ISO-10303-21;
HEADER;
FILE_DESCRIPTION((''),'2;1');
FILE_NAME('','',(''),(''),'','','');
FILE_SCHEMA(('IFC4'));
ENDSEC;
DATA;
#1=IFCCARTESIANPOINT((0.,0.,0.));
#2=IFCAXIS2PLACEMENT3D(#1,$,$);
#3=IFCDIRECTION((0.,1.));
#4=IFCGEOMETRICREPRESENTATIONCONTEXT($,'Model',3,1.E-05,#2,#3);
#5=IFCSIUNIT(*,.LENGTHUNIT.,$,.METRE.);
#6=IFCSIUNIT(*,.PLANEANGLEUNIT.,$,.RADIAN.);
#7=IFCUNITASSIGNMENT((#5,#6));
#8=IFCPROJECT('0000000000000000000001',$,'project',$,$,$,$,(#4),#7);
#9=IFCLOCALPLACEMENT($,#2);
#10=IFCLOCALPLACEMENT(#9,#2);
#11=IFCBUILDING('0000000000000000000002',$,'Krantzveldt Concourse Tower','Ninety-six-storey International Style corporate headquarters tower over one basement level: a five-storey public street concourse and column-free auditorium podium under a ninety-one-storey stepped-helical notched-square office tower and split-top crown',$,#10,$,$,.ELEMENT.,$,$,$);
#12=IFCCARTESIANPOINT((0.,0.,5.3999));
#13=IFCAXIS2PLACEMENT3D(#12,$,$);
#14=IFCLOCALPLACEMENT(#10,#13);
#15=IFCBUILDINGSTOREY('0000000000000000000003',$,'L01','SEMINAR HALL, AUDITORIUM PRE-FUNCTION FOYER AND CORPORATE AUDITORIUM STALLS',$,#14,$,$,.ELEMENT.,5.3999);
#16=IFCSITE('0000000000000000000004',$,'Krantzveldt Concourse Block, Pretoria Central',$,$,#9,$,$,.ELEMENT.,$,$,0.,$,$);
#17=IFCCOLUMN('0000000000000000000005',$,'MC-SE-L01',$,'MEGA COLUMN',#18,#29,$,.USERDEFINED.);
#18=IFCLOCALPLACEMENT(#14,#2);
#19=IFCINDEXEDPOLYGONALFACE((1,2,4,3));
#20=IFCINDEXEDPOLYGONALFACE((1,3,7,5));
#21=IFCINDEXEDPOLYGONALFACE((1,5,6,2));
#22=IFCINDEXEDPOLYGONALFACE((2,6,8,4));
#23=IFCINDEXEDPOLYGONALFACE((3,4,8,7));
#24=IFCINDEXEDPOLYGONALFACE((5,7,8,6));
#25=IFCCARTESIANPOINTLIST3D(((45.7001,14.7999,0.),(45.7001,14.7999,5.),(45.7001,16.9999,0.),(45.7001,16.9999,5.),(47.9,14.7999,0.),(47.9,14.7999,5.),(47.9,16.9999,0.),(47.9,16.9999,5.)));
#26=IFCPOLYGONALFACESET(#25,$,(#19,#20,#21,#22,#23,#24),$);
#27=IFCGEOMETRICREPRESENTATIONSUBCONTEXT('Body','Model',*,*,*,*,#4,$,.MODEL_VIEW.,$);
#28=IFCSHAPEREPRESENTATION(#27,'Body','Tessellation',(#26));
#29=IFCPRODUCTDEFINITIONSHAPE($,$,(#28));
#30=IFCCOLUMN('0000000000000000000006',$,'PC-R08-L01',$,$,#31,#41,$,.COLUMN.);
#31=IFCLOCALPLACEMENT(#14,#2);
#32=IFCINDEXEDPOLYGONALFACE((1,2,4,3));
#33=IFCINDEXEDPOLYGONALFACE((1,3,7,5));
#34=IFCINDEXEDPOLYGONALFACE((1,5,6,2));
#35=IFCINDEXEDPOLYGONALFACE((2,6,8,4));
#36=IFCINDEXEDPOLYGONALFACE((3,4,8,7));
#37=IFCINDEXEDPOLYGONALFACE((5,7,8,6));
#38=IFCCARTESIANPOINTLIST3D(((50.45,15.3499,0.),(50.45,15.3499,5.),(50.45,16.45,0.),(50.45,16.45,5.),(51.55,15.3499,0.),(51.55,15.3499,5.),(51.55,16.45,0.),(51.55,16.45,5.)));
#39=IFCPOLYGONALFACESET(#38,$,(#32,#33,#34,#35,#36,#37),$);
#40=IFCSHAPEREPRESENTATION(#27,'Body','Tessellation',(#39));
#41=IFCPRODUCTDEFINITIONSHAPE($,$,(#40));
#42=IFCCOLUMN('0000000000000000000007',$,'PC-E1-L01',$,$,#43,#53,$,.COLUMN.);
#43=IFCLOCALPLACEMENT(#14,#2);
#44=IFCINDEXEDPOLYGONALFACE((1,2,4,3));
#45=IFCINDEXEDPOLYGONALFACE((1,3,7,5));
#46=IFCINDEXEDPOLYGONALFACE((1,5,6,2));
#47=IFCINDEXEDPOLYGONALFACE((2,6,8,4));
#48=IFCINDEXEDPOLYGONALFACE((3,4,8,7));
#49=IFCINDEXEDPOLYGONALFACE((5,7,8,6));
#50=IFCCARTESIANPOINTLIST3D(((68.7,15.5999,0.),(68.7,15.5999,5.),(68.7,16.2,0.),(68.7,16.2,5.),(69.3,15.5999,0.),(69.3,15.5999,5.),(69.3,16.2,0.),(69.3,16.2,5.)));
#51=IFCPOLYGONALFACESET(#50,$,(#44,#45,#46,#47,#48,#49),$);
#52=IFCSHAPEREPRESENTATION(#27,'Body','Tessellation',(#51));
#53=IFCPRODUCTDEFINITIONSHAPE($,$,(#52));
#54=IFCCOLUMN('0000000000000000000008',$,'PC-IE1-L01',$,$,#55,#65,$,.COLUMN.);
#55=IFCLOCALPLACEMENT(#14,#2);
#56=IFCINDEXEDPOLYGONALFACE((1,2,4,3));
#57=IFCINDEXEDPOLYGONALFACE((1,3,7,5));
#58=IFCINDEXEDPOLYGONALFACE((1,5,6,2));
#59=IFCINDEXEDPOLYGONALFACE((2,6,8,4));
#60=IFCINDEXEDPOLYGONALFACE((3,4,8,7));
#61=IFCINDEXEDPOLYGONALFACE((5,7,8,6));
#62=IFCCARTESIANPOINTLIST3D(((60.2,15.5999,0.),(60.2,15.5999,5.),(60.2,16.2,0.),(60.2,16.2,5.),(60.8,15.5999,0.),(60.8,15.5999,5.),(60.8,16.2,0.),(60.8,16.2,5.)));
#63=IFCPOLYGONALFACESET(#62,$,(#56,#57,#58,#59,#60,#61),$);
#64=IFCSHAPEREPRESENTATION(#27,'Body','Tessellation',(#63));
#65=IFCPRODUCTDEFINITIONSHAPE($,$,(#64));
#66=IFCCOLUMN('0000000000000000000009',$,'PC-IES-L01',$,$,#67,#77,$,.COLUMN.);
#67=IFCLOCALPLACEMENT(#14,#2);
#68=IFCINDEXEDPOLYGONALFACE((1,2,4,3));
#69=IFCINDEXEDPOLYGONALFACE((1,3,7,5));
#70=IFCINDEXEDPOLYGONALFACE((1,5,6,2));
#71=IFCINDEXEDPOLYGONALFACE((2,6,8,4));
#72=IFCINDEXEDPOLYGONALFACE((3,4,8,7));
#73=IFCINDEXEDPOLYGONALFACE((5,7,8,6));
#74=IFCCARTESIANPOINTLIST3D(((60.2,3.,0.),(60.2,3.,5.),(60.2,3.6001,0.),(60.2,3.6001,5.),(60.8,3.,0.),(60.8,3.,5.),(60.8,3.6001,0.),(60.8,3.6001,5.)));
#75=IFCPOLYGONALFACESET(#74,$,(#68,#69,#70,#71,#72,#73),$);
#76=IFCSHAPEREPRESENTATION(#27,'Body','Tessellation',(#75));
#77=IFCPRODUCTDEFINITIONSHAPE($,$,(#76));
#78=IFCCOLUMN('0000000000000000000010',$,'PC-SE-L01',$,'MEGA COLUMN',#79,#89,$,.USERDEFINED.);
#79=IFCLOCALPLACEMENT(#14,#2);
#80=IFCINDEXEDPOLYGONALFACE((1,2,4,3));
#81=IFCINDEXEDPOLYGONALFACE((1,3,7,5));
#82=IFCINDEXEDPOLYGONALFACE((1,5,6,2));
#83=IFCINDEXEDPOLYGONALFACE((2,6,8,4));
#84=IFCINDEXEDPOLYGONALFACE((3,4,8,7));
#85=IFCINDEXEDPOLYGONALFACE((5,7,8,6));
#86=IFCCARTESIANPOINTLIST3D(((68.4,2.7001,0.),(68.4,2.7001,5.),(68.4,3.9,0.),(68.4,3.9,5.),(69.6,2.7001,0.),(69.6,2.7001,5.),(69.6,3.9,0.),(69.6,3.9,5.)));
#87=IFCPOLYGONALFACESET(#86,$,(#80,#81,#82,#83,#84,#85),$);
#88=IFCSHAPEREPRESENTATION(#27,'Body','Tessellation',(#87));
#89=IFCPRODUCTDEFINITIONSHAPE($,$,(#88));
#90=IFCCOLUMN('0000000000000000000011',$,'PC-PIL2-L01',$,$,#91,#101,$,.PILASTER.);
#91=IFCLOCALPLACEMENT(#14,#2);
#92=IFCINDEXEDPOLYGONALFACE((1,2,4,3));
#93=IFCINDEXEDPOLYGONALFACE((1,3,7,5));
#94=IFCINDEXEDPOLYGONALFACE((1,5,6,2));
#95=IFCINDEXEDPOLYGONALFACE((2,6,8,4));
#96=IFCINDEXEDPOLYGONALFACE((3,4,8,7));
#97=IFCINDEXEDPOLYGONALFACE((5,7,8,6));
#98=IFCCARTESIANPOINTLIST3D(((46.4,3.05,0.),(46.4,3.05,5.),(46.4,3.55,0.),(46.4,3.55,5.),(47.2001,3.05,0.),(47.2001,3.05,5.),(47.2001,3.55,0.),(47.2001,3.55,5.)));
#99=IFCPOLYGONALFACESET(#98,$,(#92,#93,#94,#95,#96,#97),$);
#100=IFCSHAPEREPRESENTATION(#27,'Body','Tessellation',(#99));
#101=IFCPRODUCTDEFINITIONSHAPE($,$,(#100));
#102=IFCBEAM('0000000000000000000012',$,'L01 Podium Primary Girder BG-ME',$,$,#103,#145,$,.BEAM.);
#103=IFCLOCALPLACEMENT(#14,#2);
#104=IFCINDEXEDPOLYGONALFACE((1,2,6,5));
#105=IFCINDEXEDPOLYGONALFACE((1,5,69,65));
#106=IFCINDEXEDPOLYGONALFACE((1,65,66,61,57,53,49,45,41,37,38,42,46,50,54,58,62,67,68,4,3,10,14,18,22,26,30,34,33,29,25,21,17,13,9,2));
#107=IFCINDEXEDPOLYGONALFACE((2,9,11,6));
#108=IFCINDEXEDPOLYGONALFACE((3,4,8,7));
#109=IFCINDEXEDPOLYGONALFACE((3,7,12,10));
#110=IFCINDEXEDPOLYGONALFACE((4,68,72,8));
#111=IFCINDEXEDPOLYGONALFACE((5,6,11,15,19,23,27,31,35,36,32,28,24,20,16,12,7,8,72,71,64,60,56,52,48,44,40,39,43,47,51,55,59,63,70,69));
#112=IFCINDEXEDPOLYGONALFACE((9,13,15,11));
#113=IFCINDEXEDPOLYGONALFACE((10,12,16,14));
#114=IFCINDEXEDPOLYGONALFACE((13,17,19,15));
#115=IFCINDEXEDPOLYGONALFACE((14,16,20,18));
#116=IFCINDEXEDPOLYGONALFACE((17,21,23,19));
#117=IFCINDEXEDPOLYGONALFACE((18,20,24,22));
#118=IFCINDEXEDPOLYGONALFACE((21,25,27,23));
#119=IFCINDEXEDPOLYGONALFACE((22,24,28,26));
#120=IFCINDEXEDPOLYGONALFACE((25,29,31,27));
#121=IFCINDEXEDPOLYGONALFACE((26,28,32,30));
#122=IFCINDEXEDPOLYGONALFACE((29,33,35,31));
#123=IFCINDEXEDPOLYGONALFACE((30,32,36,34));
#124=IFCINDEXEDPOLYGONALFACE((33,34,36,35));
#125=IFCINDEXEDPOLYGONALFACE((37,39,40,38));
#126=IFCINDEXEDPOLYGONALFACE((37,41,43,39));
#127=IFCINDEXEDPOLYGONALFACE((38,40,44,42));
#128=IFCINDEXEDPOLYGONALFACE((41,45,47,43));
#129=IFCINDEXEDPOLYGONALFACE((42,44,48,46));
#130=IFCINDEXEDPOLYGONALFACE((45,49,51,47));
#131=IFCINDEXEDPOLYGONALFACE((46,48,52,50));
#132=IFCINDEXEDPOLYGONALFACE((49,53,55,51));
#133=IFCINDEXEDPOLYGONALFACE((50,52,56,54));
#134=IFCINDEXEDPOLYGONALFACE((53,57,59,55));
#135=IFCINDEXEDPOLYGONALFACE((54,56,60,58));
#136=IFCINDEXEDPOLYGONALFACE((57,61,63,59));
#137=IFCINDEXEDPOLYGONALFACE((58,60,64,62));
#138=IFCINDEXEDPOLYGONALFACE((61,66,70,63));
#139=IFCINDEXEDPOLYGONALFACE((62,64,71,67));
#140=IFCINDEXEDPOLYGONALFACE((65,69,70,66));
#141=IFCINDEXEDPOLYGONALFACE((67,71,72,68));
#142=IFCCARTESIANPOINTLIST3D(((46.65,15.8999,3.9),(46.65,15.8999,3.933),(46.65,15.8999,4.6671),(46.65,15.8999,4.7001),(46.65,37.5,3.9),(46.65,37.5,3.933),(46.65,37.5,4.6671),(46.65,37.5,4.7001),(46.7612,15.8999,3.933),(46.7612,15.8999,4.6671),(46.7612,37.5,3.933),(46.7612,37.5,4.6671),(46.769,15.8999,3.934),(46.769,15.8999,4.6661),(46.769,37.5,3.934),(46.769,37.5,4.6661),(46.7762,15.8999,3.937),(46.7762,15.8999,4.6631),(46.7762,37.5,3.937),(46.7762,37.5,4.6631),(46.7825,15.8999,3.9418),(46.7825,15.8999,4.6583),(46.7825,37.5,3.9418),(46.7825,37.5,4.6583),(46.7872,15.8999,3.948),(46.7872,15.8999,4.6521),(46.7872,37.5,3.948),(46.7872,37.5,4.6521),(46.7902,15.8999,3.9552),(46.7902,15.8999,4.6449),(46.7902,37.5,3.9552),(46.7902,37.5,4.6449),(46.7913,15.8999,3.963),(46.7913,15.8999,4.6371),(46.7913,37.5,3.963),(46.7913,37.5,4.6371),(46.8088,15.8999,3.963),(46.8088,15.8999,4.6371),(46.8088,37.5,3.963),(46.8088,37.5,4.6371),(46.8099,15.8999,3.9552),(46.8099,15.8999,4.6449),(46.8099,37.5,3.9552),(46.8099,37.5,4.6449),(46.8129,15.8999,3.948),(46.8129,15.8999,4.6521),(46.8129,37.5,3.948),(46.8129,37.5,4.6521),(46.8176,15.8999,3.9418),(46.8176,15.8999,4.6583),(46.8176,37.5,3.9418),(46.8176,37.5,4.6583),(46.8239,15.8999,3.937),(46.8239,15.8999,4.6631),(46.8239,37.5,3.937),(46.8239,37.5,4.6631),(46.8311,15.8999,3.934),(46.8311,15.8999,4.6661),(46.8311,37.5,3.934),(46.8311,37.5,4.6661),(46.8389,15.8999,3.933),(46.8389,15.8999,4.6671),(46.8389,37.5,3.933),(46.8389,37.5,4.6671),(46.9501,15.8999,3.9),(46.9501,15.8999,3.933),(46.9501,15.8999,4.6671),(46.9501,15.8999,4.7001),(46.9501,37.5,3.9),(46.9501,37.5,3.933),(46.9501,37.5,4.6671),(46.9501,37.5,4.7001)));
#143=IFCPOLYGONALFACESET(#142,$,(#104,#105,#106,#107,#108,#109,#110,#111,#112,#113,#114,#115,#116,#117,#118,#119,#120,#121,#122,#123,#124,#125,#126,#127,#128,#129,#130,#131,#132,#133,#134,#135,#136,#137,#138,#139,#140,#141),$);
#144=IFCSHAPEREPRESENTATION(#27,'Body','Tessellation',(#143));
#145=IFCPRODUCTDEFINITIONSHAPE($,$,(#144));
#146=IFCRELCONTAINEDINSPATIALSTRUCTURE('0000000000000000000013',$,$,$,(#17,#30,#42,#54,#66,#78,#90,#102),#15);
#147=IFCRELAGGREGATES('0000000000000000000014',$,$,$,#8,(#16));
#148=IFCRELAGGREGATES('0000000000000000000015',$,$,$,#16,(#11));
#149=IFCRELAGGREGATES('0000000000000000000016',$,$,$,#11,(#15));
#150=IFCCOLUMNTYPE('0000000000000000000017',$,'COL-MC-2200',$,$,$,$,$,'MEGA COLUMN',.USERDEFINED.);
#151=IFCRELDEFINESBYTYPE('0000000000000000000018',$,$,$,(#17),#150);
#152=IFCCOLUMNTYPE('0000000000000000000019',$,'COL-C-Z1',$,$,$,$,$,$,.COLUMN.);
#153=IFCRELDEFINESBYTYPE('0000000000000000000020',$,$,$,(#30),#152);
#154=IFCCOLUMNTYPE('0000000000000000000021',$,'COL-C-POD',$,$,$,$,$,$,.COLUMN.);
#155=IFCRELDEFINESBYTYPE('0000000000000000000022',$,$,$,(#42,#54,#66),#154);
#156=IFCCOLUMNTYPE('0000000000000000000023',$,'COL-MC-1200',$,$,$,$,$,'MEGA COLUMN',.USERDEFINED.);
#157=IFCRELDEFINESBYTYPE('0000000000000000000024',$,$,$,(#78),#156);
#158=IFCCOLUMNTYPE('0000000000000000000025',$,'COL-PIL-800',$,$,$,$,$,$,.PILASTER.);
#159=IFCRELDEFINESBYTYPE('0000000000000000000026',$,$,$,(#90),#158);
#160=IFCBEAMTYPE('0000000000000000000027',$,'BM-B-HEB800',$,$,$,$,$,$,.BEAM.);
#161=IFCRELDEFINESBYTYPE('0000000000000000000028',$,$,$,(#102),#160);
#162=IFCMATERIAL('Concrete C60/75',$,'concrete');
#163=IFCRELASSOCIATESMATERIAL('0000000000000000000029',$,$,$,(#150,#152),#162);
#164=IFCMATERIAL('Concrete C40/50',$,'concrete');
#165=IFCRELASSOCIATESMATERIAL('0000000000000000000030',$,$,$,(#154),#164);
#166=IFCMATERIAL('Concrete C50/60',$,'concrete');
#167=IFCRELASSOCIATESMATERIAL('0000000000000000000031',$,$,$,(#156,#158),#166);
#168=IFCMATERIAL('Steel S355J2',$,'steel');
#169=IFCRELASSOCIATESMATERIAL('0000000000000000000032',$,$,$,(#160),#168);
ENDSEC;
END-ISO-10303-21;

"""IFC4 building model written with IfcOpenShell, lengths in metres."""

from ifc_helpers import new_model, si_unit, direction, frame, origin, origin_2d, place, context, subcontext, project, spatial, rectangle, i_section, extrude, source, transform, mapped, material, material_profile, profile_set, type_object, type_shapes, element, save


model = new_model("IFC4")

# Units and contexts
model_context = context("Model", 3, precision=1e-05, world=origin(), true_north=direction((0.0, 1.0)))
body_context = subcontext(model_context, "Body", "Model", "MODEL_VIEW")
ifc_project = project(units=[si_unit("LENGTHUNIT", "METRE"), si_unit("PLANEANGLEUNIT", "RADIAN")], contexts=[model_context])

# Site, building, storey
site_placement = place(None, origin())
site = spatial("IfcSite", under=ifc_project, at=site_placement, Name="Krantzveldt Concourse Block, Pretoria Central", CompositionType="ELEMENT", RefElevation=0.0)
building_placement = place(site_placement, origin())
building = spatial("IfcBuilding", under=site, at=building_placement, Name="Krantzveldt Concourse Tower", Description="Ninety-six-storey International Style corporate headquarters tower over one basement level: a five-storey public street concourse and column-free auditorium podium under a ninety-one-storey stepped-helical notched-square office tower and split-top crown", CompositionType="ELEMENT")
storey_placement = place(building_placement, frame((0.0, 0.0, 5.3999)))
storey = spatial("IfcBuildingStorey", under=building, at=storey_placement, Name="L01", Description="SEMINAR HALL, AUDITORIUM PRE-FUNCTION FOYER AND CORPORATE AUDITORIUM STALLS", CompositionType="ELEMENT", Elevation=5.3999)

# Columns
ifc_material_1 = material(Name="Concrete C60/75", Category="concrete")
ifc_material_profile_1 = material_profile(ifc_material_1, rectangle(XDim=2.2, YDim=2.2, at=origin_2d()), Name="Concrete C60/75", Category="concrete")
ifc_profile_set_1 = profile_set([ifc_material_profile_1], Name="Concrete C60/75 - RC 2200x2200")
column_type_1 = type_object("IfcColumnType", Name="COL-MC-2200", ElementType="MEGA COLUMN", PredefinedType="USERDEFINED", material=ifc_profile_set_1)
shared_shape_1 = source(origin(), body_context, "Body", "SweptSolid", [
    extrude(rectangle(XDim=2.2, YDim=2.2, at=origin_2d()), origin(), (0.0, 0.0, 1.0), 5.0),
])
type_shapes(column_type_1, [shared_shape_1])
column_1_placement = place(storey_placement, frame((46.8, 15.8999, 0.0), z_axis=(0.0, 0.0, 1.0), x_axis=(1.0, 0.0, 0.0)))
element("IfcColumn", 1, at=column_1_placement, inside=storey, type_object=column_type_1, Name="MC-SE-L01", ObjectType="MEGA COLUMN", PredefinedType="USERDEFINED", context=body_context, shape_type="MappedRepresentation", body=[
    mapped(shared_shape_1, transform((0.0, 0.0, 0.0), x_axis=(1.0, 0.0, 0.0), y_axis=(0.0, 1.0, 0.0), z_axis=(0.0, 0.0, 1.0), scale=1.0)),
])
ifc_material_profile_2 = material_profile(ifc_material_1, rectangle(XDim=1.1001, YDim=1.1001, at=origin_2d()), Name="Concrete C60/75", Category="concrete")
ifc_profile_set_2 = profile_set([ifc_material_profile_2], Name="Concrete C60/75 - RC 1100x1100")
column_type_2 = type_object("IfcColumnType", Name="COL-C-Z1", PredefinedType="COLUMN", material=ifc_profile_set_2)
shared_shape_2 = source(origin(), body_context, "Body", "SweptSolid", [
    extrude(rectangle(XDim=1.1001, YDim=1.1001, at=origin_2d()), origin(), (0.0, 0.0, 1.0), 5.0),
])
type_shapes(column_type_2, [shared_shape_2])
column_2_placement = place(storey_placement, frame((51.0, 15.8999, 0.0), z_axis=(0.0, 0.0, 1.0), x_axis=(1.0, 0.0, 0.0)))
element("IfcColumn", 2, at=column_2_placement, inside=storey, type_object=column_type_2, Name="PC-R08-L01", PredefinedType="COLUMN", context=body_context, shape_type="MappedRepresentation", body=[
    mapped(shared_shape_2, transform((0.0, 0.0, 0.0), x_axis=(1.0, 0.0, 0.0), y_axis=(0.0, 1.0, 0.0), z_axis=(0.0, 0.0, 1.0), scale=1.0)),
])
ifc_material_2 = material(Name="Concrete C40/50", Category="concrete")
ifc_material_profile_3 = material_profile(ifc_material_2, rectangle(XDim=0.6001, YDim=0.6001, at=origin_2d()), Name="Concrete C40/50", Category="concrete")
ifc_profile_set_3 = profile_set([ifc_material_profile_3], Name="Concrete C40/50 - RC 600x600")
column_type_3 = type_object("IfcColumnType", Name="COL-C-POD", PredefinedType="COLUMN", material=ifc_profile_set_3)
shared_shape_3 = source(origin(), body_context, "Body", "SweptSolid", [
    extrude(rectangle(XDim=0.6001, YDim=0.6001, at=origin_2d()), origin(), (0.0, 0.0, 1.0), 5.0),
])
type_shapes(column_type_3, [shared_shape_3])
for number, where, z_axis, x_axis, name in (
    (3, (69.0, 15.8999, 0.0), (0.0, 0.0, 1.0), (1.0, 0.0, 0.0), "PC-E1-L01"),
    (4, (60.5, 15.8999, 0.0), (0.0, 0.0, 1.0), (1.0, 0.0, 0.0), "PC-IE1-L01"),
    (5, (60.5, 3.3, 0.0), (0.0, 0.0, 1.0), (1.0, 0.0, 0.0), "PC-IES-L01"),
):
    element("IfcColumn", number, at=place(storey_placement, frame(where, z_axis=z_axis, x_axis=x_axis)), inside=storey, type_object=column_type_3, Name=name, PredefinedType="COLUMN", context=body_context, shape_type="MappedRepresentation", body=[
        mapped(shared_shape_3, transform((0.0, 0.0, 0.0), x_axis=(1.0, 0.0, 0.0), y_axis=(0.0, 1.0, 0.0), z_axis=(0.0, 0.0, 1.0), scale=1.0)),
    ])
ifc_material_3 = material(Name="Concrete C50/60", Category="concrete")
ifc_material_profile_4 = material_profile(ifc_material_3, rectangle(XDim=1.2, YDim=1.2, at=origin_2d()), Name="Concrete C50/60", Category="concrete")
ifc_profile_set_4 = profile_set([ifc_material_profile_4], Name="Concrete C50/60 - RC 1200x1200")
column_type_4 = type_object("IfcColumnType", Name="COL-MC-1200", ElementType="MEGA COLUMN", PredefinedType="USERDEFINED", material=ifc_profile_set_4)
shared_shape_4 = source(origin(), body_context, "Body", "SweptSolid", [
    extrude(rectangle(XDim=1.2, YDim=1.2, at=origin_2d()), origin(), (0.0, 0.0, 1.0), 5.0),
])
type_shapes(column_type_4, [shared_shape_4])
column_3_placement = place(storey_placement, frame((69.0, 3.3, 0.0), z_axis=(0.0, 0.0, 1.0), x_axis=(1.0, 0.0, 0.0)))
element("IfcColumn", 6, at=column_3_placement, inside=storey, type_object=column_type_4, Name="PC-SE-L01", ObjectType="MEGA COLUMN", PredefinedType="USERDEFINED", context=body_context, shape_type="MappedRepresentation", body=[
    mapped(shared_shape_4, transform((0.0, 0.0, 0.0), x_axis=(1.0, 0.0, 0.0), y_axis=(0.0, 1.0, 0.0), z_axis=(0.0, 0.0, 1.0), scale=1.0)),
])
ifc_material_profile_5 = material_profile(ifc_material_3, rectangle(XDim=0.8, YDim=0.5, at=origin_2d()), Name="Concrete C50/60", Category="concrete")
ifc_profile_set_5 = profile_set([ifc_material_profile_5], Name="Concrete C50/60 - RC-PIL 800x500")
column_type_5 = type_object("IfcColumnType", Name="COL-PIL-800", PredefinedType="PILASTER", material=ifc_profile_set_5)
shared_shape_5 = source(origin(), body_context, "Body", "SweptSolid", [
    extrude(rectangle(XDim=0.8, YDim=0.5, at=origin_2d()), origin(), (0.0, 0.0, 1.0), 5.0),
])
type_shapes(column_type_5, [shared_shape_5])
column_4_placement = place(storey_placement, frame((46.8, 3.3, 0.0), z_axis=(0.0, 0.0, 1.0), x_axis=(1.0, 0.0, 0.0)))
element("IfcColumn", 7, at=column_4_placement, inside=storey, type_object=column_type_5, Name="PC-PIL2-L01", PredefinedType="PILASTER", context=body_context, shape_type="MappedRepresentation", body=[
    mapped(shared_shape_5, transform((0.0, 0.0, 0.0), x_axis=(1.0, 0.0, 0.0), y_axis=(0.0, 1.0, 0.0), z_axis=(0.0, 0.0, 1.0), scale=1.0)),
])

# Beam
ifc_material_4 = material(Name="Steel S355J2", Category="steel")
ifc_material_profile_6 = material_profile(ifc_material_4, i_section(OverallWidth=0.3, OverallDepth=0.8, WebThickness=0.0176, FlangeThickness=0.033, FilletRadius=0.03, at=origin_2d()), Name="Steel S355J2", Category="steel")
ifc_profile_set_6 = profile_set([ifc_material_profile_6], Name="Steel S355J2 - HEB 800")
beam_type_1 = type_object("IfcBeamType", Name="BM-B-HEB800", PredefinedType="BEAM", material=ifc_profile_set_6)
shared_shape_6 = source(origin(), body_context, "Body", "SweptSolid", [
    extrude(i_section(OverallWidth=0.3, OverallDepth=0.8, WebThickness=0.0176, FlangeThickness=0.033, FilletRadius=0.03, at=origin_2d()), origin(), (0.0, 0.0, 1.0), 21.6001),
])
type_shapes(beam_type_1, [shared_shape_6])
beam_1_placement = place(storey_placement, frame((46.8, 15.8999, 4.3), z_axis=(0.0, 1.0, 0.0), x_axis=(-1.0, 0.0, 0.0)))
element("IfcBeam", 8, at=beam_1_placement, inside=storey, type_object=beam_type_1, Name="L01 Podium Primary Girder BG-ME", PredefinedType="BEAM", context=body_context, shape_type="MappedRepresentation", body=[
    mapped(shared_shape_6, transform((0.0, 0.0, 0.0), x_axis=(1.0, 0.0, 0.0), y_axis=(0.0, 1.0, 0.0), z_axis=(0.0, 0.0, 1.0), scale=1.0)),
])

save(model, "model.ifc")
